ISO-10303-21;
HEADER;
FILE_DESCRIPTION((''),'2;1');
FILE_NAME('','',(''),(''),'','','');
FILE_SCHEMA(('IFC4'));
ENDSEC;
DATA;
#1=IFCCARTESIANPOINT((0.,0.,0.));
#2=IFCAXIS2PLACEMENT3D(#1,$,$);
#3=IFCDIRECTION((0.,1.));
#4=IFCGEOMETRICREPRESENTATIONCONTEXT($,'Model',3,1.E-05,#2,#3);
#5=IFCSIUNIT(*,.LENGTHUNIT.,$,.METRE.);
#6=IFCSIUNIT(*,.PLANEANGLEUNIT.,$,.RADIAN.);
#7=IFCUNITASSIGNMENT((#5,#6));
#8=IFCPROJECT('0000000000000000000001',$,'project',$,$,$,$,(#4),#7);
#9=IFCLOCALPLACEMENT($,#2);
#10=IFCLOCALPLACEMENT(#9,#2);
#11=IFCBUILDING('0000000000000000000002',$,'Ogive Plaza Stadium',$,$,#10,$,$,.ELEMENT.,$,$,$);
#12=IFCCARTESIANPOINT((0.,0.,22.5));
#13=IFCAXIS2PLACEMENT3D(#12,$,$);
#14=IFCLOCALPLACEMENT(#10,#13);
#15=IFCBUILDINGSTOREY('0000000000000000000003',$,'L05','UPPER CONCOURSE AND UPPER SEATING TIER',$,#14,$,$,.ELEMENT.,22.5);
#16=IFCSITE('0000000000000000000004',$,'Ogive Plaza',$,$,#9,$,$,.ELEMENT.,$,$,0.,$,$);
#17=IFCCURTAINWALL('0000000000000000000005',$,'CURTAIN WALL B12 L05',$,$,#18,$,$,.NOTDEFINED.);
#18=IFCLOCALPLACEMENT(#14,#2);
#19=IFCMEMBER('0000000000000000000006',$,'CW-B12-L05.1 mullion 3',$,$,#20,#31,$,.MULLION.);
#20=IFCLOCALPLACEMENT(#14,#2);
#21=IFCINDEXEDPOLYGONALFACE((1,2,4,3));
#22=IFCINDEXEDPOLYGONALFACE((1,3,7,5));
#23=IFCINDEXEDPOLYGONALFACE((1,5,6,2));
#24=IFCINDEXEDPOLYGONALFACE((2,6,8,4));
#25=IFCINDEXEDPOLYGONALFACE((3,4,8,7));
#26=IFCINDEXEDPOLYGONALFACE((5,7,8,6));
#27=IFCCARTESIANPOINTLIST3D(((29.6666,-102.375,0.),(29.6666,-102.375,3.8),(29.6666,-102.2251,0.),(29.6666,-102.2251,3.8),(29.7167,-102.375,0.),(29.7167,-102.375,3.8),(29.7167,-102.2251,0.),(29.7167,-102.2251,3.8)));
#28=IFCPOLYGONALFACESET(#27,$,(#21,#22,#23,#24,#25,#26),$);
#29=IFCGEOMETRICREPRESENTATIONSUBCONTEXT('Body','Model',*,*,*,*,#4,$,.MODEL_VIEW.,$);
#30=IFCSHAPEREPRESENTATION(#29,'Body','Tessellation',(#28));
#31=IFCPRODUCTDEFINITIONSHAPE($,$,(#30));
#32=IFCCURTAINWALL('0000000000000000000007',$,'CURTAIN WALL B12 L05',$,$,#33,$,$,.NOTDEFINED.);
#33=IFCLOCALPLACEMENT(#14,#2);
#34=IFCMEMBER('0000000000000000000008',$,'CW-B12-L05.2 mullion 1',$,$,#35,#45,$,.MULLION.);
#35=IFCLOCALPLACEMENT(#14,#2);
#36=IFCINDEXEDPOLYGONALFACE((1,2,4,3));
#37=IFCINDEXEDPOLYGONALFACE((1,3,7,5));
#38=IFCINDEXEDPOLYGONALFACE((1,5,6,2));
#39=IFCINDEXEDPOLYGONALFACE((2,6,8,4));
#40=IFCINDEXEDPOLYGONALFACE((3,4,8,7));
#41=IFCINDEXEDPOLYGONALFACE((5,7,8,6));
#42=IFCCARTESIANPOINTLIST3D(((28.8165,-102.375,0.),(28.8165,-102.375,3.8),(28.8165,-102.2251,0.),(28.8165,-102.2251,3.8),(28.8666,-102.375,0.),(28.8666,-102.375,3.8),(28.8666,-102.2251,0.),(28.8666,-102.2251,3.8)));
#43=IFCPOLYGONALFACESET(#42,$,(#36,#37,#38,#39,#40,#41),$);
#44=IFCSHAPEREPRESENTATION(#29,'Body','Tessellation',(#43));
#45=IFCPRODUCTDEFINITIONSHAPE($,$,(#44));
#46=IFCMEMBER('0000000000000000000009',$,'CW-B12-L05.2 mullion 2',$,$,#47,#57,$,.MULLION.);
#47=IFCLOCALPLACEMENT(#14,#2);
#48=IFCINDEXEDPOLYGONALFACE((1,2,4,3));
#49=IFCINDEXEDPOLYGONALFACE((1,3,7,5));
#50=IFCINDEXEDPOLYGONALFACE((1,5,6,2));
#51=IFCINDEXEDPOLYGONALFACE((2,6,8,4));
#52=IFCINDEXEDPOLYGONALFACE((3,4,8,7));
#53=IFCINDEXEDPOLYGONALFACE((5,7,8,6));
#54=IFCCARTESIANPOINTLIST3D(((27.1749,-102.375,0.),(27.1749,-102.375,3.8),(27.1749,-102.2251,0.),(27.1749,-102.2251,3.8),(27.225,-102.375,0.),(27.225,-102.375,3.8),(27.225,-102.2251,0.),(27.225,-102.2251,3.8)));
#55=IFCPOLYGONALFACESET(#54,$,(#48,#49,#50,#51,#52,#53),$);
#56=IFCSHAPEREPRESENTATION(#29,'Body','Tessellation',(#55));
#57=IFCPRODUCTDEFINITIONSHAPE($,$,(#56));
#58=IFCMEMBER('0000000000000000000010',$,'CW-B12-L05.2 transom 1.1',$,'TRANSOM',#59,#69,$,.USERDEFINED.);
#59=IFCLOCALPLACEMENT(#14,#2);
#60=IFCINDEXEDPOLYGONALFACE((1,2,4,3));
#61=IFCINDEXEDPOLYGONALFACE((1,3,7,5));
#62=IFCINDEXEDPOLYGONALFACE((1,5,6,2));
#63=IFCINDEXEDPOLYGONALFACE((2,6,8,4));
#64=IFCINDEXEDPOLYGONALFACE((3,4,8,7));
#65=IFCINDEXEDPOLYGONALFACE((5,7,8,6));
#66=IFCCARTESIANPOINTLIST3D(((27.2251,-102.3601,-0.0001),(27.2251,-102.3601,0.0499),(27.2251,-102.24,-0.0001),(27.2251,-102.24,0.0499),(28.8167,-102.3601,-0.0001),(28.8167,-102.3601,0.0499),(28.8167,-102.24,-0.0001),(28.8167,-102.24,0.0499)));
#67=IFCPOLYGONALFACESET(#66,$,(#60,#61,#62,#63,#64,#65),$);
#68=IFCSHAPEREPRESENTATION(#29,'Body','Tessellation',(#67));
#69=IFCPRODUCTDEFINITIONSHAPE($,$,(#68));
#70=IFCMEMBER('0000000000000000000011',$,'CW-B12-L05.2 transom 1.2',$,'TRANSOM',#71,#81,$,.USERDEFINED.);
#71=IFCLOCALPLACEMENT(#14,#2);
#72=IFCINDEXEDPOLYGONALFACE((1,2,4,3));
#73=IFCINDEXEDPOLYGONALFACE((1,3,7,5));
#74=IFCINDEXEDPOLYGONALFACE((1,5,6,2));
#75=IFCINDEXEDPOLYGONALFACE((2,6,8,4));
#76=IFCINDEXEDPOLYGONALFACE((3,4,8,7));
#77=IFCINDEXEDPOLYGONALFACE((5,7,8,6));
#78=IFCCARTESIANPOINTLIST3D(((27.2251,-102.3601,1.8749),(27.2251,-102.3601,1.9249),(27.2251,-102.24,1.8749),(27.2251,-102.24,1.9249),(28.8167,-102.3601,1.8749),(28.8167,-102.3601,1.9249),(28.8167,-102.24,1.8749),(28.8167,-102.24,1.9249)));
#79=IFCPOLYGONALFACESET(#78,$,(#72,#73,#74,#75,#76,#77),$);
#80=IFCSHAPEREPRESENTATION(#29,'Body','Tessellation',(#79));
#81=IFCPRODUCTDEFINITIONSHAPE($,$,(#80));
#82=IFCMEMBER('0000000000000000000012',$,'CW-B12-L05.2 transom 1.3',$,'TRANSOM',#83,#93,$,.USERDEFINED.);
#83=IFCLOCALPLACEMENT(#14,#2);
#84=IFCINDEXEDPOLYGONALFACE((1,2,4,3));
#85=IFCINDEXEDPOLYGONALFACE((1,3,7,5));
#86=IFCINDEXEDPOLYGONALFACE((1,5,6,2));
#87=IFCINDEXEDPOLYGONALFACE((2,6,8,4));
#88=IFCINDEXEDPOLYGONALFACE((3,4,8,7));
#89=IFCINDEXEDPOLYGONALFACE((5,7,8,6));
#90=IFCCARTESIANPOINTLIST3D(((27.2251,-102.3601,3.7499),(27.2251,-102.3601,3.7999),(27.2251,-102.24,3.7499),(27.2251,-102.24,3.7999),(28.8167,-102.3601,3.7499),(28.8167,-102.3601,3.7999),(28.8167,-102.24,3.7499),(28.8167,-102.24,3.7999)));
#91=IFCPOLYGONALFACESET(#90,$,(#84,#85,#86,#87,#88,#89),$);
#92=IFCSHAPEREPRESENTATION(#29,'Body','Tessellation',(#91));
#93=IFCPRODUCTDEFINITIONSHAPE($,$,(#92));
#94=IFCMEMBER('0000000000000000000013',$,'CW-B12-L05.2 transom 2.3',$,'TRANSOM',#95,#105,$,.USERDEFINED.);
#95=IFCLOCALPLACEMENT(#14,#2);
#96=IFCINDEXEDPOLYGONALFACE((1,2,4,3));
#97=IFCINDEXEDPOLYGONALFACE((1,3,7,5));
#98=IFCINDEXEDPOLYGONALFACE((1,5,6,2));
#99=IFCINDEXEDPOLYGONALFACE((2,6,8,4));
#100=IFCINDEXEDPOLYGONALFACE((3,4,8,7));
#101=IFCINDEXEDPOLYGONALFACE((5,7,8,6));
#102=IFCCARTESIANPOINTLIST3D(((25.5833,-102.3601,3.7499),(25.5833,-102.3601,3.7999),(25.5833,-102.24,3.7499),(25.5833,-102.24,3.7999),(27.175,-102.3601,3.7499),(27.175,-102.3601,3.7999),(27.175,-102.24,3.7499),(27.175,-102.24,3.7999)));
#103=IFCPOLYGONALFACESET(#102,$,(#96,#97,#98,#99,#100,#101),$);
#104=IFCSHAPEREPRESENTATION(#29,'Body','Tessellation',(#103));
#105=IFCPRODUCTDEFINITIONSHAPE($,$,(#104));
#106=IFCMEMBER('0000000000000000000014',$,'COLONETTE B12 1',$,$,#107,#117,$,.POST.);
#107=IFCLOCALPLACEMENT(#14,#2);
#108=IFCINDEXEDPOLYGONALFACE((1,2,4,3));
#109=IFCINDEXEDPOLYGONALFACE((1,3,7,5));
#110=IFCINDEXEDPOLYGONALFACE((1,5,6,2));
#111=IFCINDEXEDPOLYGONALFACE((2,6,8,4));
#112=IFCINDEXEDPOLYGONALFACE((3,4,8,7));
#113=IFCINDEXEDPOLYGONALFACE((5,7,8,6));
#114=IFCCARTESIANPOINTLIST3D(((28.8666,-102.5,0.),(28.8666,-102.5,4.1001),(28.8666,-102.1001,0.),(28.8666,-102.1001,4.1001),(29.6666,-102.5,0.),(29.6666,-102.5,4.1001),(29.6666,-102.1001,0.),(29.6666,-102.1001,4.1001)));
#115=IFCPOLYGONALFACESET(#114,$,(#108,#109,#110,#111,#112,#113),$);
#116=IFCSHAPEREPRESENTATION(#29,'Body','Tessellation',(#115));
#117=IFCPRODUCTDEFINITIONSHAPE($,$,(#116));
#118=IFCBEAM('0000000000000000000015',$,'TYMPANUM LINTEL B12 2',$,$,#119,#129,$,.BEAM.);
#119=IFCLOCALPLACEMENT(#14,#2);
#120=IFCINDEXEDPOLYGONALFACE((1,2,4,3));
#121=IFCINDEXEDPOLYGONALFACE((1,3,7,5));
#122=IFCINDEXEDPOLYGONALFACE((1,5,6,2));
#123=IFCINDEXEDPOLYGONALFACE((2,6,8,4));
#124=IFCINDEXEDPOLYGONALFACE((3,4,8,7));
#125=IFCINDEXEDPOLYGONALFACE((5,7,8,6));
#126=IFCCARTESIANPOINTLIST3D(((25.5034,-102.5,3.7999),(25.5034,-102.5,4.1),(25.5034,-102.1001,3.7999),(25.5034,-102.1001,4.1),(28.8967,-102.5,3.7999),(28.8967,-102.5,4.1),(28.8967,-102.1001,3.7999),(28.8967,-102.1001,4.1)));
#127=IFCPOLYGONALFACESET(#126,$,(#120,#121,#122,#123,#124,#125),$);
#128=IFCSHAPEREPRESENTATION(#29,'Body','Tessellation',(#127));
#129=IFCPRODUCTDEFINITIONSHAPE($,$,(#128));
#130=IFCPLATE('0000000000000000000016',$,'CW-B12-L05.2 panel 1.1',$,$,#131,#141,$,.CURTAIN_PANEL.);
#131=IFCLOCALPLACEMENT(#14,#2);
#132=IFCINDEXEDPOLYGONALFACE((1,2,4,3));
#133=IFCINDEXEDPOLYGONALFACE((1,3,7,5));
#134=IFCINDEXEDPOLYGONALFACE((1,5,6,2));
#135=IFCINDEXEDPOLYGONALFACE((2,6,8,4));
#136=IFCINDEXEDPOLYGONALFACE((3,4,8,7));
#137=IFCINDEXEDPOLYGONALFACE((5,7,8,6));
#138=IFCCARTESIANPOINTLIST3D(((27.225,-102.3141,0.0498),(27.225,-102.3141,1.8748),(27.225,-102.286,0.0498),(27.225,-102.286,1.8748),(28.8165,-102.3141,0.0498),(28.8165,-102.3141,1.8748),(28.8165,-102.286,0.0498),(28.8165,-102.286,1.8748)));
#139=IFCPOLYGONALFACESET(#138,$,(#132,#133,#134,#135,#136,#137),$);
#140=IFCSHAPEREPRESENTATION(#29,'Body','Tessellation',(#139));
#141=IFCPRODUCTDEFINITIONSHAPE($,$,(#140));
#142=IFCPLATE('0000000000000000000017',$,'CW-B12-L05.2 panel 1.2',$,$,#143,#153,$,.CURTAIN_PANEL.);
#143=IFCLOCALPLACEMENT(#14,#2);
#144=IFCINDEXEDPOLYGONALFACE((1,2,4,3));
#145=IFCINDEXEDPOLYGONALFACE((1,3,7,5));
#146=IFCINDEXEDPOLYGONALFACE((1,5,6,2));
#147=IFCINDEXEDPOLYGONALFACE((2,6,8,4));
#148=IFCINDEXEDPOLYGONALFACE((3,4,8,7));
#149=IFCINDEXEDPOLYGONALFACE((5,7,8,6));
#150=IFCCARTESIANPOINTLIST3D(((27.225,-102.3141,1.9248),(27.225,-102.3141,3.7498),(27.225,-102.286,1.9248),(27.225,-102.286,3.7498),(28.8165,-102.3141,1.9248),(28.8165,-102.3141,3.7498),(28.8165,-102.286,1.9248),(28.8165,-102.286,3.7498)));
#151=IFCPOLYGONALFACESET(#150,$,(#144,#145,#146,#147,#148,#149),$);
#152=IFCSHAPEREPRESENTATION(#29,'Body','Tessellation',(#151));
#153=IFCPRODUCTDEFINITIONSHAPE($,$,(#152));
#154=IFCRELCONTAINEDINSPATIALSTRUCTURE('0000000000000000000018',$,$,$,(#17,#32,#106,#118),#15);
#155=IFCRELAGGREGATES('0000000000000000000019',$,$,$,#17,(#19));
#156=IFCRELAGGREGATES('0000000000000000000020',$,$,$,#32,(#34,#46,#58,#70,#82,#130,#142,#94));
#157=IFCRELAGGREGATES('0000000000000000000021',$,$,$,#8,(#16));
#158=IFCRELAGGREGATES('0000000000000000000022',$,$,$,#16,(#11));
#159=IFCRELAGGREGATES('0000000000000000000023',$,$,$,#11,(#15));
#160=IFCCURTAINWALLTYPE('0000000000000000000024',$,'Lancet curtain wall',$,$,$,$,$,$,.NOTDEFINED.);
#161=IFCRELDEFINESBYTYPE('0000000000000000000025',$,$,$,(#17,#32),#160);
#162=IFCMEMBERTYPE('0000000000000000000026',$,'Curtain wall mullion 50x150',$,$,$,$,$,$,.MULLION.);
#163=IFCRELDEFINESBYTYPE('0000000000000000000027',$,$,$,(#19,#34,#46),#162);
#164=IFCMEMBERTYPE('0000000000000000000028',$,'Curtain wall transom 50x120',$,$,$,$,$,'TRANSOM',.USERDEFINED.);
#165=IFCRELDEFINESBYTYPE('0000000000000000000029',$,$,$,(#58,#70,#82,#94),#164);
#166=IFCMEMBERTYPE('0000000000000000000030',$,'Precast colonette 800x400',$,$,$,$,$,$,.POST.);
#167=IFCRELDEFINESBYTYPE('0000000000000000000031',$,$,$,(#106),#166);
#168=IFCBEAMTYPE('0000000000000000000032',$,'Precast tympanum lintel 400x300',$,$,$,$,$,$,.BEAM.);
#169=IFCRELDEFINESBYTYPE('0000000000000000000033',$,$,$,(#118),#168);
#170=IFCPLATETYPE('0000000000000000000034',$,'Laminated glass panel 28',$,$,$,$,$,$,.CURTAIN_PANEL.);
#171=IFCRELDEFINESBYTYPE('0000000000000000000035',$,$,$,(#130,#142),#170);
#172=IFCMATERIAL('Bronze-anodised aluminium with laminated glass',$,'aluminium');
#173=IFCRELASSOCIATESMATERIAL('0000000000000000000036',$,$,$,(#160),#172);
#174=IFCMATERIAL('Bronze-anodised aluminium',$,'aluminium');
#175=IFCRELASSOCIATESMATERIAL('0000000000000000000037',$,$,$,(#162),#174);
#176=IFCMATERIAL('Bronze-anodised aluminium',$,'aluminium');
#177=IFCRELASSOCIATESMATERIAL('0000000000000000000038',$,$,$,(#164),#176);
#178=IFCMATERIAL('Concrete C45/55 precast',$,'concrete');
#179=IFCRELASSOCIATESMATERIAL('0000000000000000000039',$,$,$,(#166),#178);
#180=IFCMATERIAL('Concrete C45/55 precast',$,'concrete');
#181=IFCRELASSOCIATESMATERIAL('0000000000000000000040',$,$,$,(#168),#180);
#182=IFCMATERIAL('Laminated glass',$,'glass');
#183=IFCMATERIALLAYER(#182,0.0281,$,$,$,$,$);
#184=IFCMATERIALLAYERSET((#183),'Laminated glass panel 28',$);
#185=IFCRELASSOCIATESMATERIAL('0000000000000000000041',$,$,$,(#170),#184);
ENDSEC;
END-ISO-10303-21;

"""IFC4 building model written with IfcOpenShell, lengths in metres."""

from ifc_helpers import new_model, si_unit, direction, frame, origin, origin_2d, place, context, subcontext, project, spatial, rectangle, extrude, material, layer, layer_set, material_profile, profile_set, type_object, element, aggregate, save


model = new_model("IFC4")

# Units and contexts
model_context = context("Model", 3, precision=1e-05, world=origin(), true_north=direction((0.0, 1.0)))
body_context = subcontext(model_context, "Body", "Model", "MODEL_VIEW")
ifc_project = project(units=[si_unit("LENGTHUNIT", "METRE"), si_unit("PLANEANGLEUNIT", "RADIAN")], contexts=[model_context])

# Site, building, storey
site_placement = place(None, origin())
site = spatial("IfcSite", under=ifc_project, at=site_placement, Name="Ogive Plaza", CompositionType="ELEMENT", RefElevation=0.0)
building_placement = place(site_placement, origin())
building = spatial("IfcBuilding", under=site, at=building_placement, Name="Ogive Plaza Stadium", CompositionType="ELEMENT")
storey_placement = place(building_placement, frame((0.0, 0.0, 22.5)))
storey = spatial("IfcBuildingStorey", under=building, at=storey_placement, Name="L05", Description="UPPER CONCOURSE AND UPPER SEATING TIER", CompositionType="ELEMENT", Elevation=22.5)

# Curtain wall, member
ifc_material_1 = material(Name="Bronze-anodised aluminium with laminated glass", Category="aluminium")
curtain_wall_type = type_object("IfcCurtainWallType", Name="Lancet curtain wall", PredefinedType="NOTDEFINED", material=ifc_material_1)
curtain_wall_1_placement = place(storey_placement, origin())
curtain_wall_1 = element("IfcCurtainWall", 1, at=curtain_wall_1_placement, inside=storey, type_object=curtain_wall_type, Name="CURTAIN WALL B12 L05", PredefinedType="NOTDEFINED")
ifc_material_2 = material(Name="Bronze-anodised aluminium", Category="aluminium")
ifc_material_profile_1 = material_profile(ifc_material_2, rectangle(XDim=0.1499, YDim=0.05, at=origin_2d()), Name="AL 150x50")
ifc_profile_set_1 = profile_set([ifc_material_profile_1], Name="Bronze-anodised aluminium")
member_type_1 = type_object("IfcMemberType", Name="Curtain wall mullion 50x150", PredefinedType="MULLION", material=ifc_profile_set_1)
member_1_placement = place(storey_placement, frame((29.6917, -102.3, 0.0), z_axis=(0.0, 0.0, 1.0), x_axis=(0.0, -1.0, 0.0)))
member_1 = element("IfcMember", 2, at=member_1_placement, type_object=member_type_1, Name="CW-B12-L05.1 mullion 3", PredefinedType="MULLION", context=body_context, shape_type="SweptSolid", body=[
    extrude(rectangle(XDim=0.1499, YDim=0.05, at=origin_2d()), origin(), (0.0, 0.0, 1.0), 3.8),
])
aggregate(curtain_wall_1, [member_1])

# Curtain wall, members
curtain_wall_2_placement = place(storey_placement, origin())
curtain_wall_2 = element("IfcCurtainWall", 3, at=curtain_wall_2_placement, inside=storey, type_object=curtain_wall_type, Name="CURTAIN WALL B12 L05", PredefinedType="NOTDEFINED")
member_2_placement = place(storey_placement, frame((28.8416, -102.3, 0.0), z_axis=(0.0, 0.0, 1.0), x_axis=(0.0, -1.0, 0.0)))
member_2 = element("IfcMember", 4, at=member_2_placement, type_object=member_type_1, Name="CW-B12-L05.2 mullion 1", PredefinedType="MULLION", context=body_context, shape_type="SweptSolid", body=[
    extrude(rectangle(XDim=0.1499, YDim=0.05, at=origin_2d()), origin(), (0.0, 0.0, 1.0), 3.8),
])
member_3_placement = place(storey_placement, frame((27.2, -102.3, 0.0), z_axis=(0.0, 0.0, 1.0), x_axis=(0.0, -1.0, 0.0)))
member_3 = element("IfcMember", 5, at=member_3_placement, type_object=member_type_1, Name="CW-B12-L05.2 mullion 2", PredefinedType="MULLION", context=body_context, shape_type="SweptSolid", body=[
    extrude(rectangle(XDim=0.1499, YDim=0.05, at=origin_2d()), origin(), (0.0, 0.0, 1.0), 3.8),
])
ifc_material_3 = material(Name="Bronze-anodised aluminium", Category="aluminium")
ifc_material_profile_2 = material_profile(ifc_material_3, rectangle(XDim=0.1201, YDim=0.05, at=origin_2d()), Name="AL 120x50")
ifc_profile_set_2 = profile_set([ifc_material_profile_2], Name="Bronze-anodised aluminium")
member_type_2 = type_object("IfcMemberType", Name="Curtain wall transom 50x120", ElementType="TRANSOM", PredefinedType="USERDEFINED", material=ifc_profile_set_2)
member_4_placement = place(storey_placement, frame((28.8167, -102.3, 0.0249), z_axis=(-1.0, 0.0, 0.0), x_axis=(0.0, -1.0, 0.0)))
member_4 = element("IfcMember", 6, at=member_4_placement, type_object=member_type_2, Name="CW-B12-L05.2 transom 1.1", ObjectType="TRANSOM", PredefinedType="USERDEFINED", context=body_context, shape_type="SweptSolid", body=[
    extrude(rectangle(XDim=0.1201, YDim=0.05, at=origin_2d()), origin(), (0.0, 0.0, 1.0), 1.5916),
])
member_5_placement = place(storey_placement, frame((28.8167, -102.3, 1.8999), z_axis=(-1.0, 0.0, 0.0), x_axis=(0.0, -1.0, 0.0)))
member_5 = element("IfcMember", 7, at=member_5_placement, type_object=member_type_2, Name="CW-B12-L05.2 transom 1.2", ObjectType="TRANSOM", PredefinedType="USERDEFINED", context=body_context, shape_type="SweptSolid", body=[
    extrude(rectangle(XDim=0.1201, YDim=0.05, at=origin_2d()), origin(), (0.0, 0.0, 1.0), 1.5916),
])
member_6_placement = place(storey_placement, frame((28.8167, -102.3, 3.7749), z_axis=(-1.0, 0.0, 0.0), x_axis=(0.0, -1.0, 0.0)))
member_6 = element("IfcMember", 8, at=member_6_placement, type_object=member_type_2, Name="CW-B12-L05.2 transom 1.3", ObjectType="TRANSOM", PredefinedType="USERDEFINED", context=body_context, shape_type="SweptSolid", body=[
    extrude(rectangle(XDim=0.1201, YDim=0.05, at=origin_2d()), origin(), (0.0, 0.0, 1.0), 1.5916),
])
member_7_placement = place(storey_placement, frame((27.175, -102.3, 3.7749), z_axis=(-1.0, 0.0, 0.0), x_axis=(0.0, -1.0, 0.0)))
member_7 = element("IfcMember", 9, at=member_7_placement, type_object=member_type_2, Name="CW-B12-L05.2 transom 2.3", ObjectType="TRANSOM", PredefinedType="USERDEFINED", context=body_context, shape_type="SweptSolid", body=[
    extrude(rectangle(XDim=0.1201, YDim=0.05, at=origin_2d()), origin(), (0.0, 0.0, 1.0), 1.5918),
])

# Member
ifc_material_4 = material(Name="Concrete C45/55 precast", Category="concrete")
ifc_material_profile_3 = material_profile(ifc_material_4, rectangle(XDim=0.3999, YDim=0.8, at=origin_2d()), Name="RC 400x800")
ifc_profile_set_3 = profile_set([ifc_material_profile_3], Name="Concrete C45/55 precast")
member_type_3 = type_object("IfcMemberType", Name="Precast colonette 800x400", PredefinedType="POST", material=ifc_profile_set_3)
member_8_placement = place(storey_placement, frame((29.2666, -102.3, 0.0), z_axis=(0.0, 0.0, 1.0), x_axis=(0.0, -1.0, 0.0)))
element("IfcMember", 10, at=member_8_placement, inside=storey, type_object=member_type_3, Name="COLONETTE B12 1", PredefinedType="POST", context=body_context, shape_type="SweptSolid", body=[
    extrude(rectangle(XDim=0.3999, YDim=0.8, at=origin_2d()), origin(), (0.0, 0.0, 1.0), 4.1001),
])

# Beam
ifc_material_5 = material(Name="Concrete C45/55 precast", Category="concrete")
ifc_material_profile_4 = material_profile(ifc_material_5, rectangle(XDim=0.3999, YDim=0.3, at=origin_2d()), Name="RC 400x300")
ifc_profile_set_4 = profile_set([ifc_material_profile_4], Name="Concrete C45/55 precast")
beam_type = type_object("IfcBeamType", Name="Precast tympanum lintel 400x300", PredefinedType="BEAM", material=ifc_profile_set_4)
beam_placement = place(storey_placement, frame((28.8967, -102.3, 3.95), z_axis=(-1.0, 0.0, 0.0), x_axis=(0.0, -1.0, 0.0)))
element("IfcBeam", 11, at=beam_placement, inside=storey, type_object=beam_type, Name="TYMPANUM LINTEL B12 2", PredefinedType="BEAM", context=body_context, shape_type="SweptSolid", body=[
    extrude(rectangle(XDim=0.3999, YDim=0.3, at=origin_2d()), origin(), (0.0, 0.0, 1.0), 3.3933),
])

# Plates
ifc_material_6 = material(Name="Laminated glass", Category="glass")
ifc_layer_1 = layer(ifc_material_6, 0.0281)
ifc_layer_set_1 = layer_set([ifc_layer_1], Name="Laminated glass panel 28")
plate_type = type_object("IfcPlateType", Name="Laminated glass panel 28", PredefinedType="CURTAIN_PANEL", material=ifc_layer_set_1)
plate_1_placement = place(storey_placement, frame((28.0208, -102.3, 0.0498), z_axis=(0.0, 0.0, 1.0), x_axis=(-1.0, 0.0, 0.0)))
plate_1 = element("IfcPlate", 12, at=plate_1_placement, type_object=plate_type, Name="CW-B12-L05.2 panel 1.1", PredefinedType="CURTAIN_PANEL", context=body_context, shape_type="SweptSolid", body=[
    extrude(rectangle(XDim=1.5916, YDim=0.0281, at=origin_2d()), origin(), (0.0, 0.0, 1.0), 1.825),
])
plate_2_placement = place(storey_placement, frame((28.0208, -102.3, 1.9248), z_axis=(0.0, 0.0, 1.0), x_axis=(-1.0, 0.0, 0.0)))
plate_2 = element("IfcPlate", 13, at=plate_2_placement, type_object=plate_type, Name="CW-B12-L05.2 panel 1.2", PredefinedType="CURTAIN_PANEL", context=body_context, shape_type="SweptSolid", body=[
    extrude(rectangle(XDim=1.5916, YDim=0.0281, at=origin_2d()), origin(), (0.0, 0.0, 1.0), 1.825),
])
aggregate(curtain_wall_2, [member_2, member_3, member_4, member_5, member_6, plate_1, plate_2, member_7])

save(model, "model.ifc")
